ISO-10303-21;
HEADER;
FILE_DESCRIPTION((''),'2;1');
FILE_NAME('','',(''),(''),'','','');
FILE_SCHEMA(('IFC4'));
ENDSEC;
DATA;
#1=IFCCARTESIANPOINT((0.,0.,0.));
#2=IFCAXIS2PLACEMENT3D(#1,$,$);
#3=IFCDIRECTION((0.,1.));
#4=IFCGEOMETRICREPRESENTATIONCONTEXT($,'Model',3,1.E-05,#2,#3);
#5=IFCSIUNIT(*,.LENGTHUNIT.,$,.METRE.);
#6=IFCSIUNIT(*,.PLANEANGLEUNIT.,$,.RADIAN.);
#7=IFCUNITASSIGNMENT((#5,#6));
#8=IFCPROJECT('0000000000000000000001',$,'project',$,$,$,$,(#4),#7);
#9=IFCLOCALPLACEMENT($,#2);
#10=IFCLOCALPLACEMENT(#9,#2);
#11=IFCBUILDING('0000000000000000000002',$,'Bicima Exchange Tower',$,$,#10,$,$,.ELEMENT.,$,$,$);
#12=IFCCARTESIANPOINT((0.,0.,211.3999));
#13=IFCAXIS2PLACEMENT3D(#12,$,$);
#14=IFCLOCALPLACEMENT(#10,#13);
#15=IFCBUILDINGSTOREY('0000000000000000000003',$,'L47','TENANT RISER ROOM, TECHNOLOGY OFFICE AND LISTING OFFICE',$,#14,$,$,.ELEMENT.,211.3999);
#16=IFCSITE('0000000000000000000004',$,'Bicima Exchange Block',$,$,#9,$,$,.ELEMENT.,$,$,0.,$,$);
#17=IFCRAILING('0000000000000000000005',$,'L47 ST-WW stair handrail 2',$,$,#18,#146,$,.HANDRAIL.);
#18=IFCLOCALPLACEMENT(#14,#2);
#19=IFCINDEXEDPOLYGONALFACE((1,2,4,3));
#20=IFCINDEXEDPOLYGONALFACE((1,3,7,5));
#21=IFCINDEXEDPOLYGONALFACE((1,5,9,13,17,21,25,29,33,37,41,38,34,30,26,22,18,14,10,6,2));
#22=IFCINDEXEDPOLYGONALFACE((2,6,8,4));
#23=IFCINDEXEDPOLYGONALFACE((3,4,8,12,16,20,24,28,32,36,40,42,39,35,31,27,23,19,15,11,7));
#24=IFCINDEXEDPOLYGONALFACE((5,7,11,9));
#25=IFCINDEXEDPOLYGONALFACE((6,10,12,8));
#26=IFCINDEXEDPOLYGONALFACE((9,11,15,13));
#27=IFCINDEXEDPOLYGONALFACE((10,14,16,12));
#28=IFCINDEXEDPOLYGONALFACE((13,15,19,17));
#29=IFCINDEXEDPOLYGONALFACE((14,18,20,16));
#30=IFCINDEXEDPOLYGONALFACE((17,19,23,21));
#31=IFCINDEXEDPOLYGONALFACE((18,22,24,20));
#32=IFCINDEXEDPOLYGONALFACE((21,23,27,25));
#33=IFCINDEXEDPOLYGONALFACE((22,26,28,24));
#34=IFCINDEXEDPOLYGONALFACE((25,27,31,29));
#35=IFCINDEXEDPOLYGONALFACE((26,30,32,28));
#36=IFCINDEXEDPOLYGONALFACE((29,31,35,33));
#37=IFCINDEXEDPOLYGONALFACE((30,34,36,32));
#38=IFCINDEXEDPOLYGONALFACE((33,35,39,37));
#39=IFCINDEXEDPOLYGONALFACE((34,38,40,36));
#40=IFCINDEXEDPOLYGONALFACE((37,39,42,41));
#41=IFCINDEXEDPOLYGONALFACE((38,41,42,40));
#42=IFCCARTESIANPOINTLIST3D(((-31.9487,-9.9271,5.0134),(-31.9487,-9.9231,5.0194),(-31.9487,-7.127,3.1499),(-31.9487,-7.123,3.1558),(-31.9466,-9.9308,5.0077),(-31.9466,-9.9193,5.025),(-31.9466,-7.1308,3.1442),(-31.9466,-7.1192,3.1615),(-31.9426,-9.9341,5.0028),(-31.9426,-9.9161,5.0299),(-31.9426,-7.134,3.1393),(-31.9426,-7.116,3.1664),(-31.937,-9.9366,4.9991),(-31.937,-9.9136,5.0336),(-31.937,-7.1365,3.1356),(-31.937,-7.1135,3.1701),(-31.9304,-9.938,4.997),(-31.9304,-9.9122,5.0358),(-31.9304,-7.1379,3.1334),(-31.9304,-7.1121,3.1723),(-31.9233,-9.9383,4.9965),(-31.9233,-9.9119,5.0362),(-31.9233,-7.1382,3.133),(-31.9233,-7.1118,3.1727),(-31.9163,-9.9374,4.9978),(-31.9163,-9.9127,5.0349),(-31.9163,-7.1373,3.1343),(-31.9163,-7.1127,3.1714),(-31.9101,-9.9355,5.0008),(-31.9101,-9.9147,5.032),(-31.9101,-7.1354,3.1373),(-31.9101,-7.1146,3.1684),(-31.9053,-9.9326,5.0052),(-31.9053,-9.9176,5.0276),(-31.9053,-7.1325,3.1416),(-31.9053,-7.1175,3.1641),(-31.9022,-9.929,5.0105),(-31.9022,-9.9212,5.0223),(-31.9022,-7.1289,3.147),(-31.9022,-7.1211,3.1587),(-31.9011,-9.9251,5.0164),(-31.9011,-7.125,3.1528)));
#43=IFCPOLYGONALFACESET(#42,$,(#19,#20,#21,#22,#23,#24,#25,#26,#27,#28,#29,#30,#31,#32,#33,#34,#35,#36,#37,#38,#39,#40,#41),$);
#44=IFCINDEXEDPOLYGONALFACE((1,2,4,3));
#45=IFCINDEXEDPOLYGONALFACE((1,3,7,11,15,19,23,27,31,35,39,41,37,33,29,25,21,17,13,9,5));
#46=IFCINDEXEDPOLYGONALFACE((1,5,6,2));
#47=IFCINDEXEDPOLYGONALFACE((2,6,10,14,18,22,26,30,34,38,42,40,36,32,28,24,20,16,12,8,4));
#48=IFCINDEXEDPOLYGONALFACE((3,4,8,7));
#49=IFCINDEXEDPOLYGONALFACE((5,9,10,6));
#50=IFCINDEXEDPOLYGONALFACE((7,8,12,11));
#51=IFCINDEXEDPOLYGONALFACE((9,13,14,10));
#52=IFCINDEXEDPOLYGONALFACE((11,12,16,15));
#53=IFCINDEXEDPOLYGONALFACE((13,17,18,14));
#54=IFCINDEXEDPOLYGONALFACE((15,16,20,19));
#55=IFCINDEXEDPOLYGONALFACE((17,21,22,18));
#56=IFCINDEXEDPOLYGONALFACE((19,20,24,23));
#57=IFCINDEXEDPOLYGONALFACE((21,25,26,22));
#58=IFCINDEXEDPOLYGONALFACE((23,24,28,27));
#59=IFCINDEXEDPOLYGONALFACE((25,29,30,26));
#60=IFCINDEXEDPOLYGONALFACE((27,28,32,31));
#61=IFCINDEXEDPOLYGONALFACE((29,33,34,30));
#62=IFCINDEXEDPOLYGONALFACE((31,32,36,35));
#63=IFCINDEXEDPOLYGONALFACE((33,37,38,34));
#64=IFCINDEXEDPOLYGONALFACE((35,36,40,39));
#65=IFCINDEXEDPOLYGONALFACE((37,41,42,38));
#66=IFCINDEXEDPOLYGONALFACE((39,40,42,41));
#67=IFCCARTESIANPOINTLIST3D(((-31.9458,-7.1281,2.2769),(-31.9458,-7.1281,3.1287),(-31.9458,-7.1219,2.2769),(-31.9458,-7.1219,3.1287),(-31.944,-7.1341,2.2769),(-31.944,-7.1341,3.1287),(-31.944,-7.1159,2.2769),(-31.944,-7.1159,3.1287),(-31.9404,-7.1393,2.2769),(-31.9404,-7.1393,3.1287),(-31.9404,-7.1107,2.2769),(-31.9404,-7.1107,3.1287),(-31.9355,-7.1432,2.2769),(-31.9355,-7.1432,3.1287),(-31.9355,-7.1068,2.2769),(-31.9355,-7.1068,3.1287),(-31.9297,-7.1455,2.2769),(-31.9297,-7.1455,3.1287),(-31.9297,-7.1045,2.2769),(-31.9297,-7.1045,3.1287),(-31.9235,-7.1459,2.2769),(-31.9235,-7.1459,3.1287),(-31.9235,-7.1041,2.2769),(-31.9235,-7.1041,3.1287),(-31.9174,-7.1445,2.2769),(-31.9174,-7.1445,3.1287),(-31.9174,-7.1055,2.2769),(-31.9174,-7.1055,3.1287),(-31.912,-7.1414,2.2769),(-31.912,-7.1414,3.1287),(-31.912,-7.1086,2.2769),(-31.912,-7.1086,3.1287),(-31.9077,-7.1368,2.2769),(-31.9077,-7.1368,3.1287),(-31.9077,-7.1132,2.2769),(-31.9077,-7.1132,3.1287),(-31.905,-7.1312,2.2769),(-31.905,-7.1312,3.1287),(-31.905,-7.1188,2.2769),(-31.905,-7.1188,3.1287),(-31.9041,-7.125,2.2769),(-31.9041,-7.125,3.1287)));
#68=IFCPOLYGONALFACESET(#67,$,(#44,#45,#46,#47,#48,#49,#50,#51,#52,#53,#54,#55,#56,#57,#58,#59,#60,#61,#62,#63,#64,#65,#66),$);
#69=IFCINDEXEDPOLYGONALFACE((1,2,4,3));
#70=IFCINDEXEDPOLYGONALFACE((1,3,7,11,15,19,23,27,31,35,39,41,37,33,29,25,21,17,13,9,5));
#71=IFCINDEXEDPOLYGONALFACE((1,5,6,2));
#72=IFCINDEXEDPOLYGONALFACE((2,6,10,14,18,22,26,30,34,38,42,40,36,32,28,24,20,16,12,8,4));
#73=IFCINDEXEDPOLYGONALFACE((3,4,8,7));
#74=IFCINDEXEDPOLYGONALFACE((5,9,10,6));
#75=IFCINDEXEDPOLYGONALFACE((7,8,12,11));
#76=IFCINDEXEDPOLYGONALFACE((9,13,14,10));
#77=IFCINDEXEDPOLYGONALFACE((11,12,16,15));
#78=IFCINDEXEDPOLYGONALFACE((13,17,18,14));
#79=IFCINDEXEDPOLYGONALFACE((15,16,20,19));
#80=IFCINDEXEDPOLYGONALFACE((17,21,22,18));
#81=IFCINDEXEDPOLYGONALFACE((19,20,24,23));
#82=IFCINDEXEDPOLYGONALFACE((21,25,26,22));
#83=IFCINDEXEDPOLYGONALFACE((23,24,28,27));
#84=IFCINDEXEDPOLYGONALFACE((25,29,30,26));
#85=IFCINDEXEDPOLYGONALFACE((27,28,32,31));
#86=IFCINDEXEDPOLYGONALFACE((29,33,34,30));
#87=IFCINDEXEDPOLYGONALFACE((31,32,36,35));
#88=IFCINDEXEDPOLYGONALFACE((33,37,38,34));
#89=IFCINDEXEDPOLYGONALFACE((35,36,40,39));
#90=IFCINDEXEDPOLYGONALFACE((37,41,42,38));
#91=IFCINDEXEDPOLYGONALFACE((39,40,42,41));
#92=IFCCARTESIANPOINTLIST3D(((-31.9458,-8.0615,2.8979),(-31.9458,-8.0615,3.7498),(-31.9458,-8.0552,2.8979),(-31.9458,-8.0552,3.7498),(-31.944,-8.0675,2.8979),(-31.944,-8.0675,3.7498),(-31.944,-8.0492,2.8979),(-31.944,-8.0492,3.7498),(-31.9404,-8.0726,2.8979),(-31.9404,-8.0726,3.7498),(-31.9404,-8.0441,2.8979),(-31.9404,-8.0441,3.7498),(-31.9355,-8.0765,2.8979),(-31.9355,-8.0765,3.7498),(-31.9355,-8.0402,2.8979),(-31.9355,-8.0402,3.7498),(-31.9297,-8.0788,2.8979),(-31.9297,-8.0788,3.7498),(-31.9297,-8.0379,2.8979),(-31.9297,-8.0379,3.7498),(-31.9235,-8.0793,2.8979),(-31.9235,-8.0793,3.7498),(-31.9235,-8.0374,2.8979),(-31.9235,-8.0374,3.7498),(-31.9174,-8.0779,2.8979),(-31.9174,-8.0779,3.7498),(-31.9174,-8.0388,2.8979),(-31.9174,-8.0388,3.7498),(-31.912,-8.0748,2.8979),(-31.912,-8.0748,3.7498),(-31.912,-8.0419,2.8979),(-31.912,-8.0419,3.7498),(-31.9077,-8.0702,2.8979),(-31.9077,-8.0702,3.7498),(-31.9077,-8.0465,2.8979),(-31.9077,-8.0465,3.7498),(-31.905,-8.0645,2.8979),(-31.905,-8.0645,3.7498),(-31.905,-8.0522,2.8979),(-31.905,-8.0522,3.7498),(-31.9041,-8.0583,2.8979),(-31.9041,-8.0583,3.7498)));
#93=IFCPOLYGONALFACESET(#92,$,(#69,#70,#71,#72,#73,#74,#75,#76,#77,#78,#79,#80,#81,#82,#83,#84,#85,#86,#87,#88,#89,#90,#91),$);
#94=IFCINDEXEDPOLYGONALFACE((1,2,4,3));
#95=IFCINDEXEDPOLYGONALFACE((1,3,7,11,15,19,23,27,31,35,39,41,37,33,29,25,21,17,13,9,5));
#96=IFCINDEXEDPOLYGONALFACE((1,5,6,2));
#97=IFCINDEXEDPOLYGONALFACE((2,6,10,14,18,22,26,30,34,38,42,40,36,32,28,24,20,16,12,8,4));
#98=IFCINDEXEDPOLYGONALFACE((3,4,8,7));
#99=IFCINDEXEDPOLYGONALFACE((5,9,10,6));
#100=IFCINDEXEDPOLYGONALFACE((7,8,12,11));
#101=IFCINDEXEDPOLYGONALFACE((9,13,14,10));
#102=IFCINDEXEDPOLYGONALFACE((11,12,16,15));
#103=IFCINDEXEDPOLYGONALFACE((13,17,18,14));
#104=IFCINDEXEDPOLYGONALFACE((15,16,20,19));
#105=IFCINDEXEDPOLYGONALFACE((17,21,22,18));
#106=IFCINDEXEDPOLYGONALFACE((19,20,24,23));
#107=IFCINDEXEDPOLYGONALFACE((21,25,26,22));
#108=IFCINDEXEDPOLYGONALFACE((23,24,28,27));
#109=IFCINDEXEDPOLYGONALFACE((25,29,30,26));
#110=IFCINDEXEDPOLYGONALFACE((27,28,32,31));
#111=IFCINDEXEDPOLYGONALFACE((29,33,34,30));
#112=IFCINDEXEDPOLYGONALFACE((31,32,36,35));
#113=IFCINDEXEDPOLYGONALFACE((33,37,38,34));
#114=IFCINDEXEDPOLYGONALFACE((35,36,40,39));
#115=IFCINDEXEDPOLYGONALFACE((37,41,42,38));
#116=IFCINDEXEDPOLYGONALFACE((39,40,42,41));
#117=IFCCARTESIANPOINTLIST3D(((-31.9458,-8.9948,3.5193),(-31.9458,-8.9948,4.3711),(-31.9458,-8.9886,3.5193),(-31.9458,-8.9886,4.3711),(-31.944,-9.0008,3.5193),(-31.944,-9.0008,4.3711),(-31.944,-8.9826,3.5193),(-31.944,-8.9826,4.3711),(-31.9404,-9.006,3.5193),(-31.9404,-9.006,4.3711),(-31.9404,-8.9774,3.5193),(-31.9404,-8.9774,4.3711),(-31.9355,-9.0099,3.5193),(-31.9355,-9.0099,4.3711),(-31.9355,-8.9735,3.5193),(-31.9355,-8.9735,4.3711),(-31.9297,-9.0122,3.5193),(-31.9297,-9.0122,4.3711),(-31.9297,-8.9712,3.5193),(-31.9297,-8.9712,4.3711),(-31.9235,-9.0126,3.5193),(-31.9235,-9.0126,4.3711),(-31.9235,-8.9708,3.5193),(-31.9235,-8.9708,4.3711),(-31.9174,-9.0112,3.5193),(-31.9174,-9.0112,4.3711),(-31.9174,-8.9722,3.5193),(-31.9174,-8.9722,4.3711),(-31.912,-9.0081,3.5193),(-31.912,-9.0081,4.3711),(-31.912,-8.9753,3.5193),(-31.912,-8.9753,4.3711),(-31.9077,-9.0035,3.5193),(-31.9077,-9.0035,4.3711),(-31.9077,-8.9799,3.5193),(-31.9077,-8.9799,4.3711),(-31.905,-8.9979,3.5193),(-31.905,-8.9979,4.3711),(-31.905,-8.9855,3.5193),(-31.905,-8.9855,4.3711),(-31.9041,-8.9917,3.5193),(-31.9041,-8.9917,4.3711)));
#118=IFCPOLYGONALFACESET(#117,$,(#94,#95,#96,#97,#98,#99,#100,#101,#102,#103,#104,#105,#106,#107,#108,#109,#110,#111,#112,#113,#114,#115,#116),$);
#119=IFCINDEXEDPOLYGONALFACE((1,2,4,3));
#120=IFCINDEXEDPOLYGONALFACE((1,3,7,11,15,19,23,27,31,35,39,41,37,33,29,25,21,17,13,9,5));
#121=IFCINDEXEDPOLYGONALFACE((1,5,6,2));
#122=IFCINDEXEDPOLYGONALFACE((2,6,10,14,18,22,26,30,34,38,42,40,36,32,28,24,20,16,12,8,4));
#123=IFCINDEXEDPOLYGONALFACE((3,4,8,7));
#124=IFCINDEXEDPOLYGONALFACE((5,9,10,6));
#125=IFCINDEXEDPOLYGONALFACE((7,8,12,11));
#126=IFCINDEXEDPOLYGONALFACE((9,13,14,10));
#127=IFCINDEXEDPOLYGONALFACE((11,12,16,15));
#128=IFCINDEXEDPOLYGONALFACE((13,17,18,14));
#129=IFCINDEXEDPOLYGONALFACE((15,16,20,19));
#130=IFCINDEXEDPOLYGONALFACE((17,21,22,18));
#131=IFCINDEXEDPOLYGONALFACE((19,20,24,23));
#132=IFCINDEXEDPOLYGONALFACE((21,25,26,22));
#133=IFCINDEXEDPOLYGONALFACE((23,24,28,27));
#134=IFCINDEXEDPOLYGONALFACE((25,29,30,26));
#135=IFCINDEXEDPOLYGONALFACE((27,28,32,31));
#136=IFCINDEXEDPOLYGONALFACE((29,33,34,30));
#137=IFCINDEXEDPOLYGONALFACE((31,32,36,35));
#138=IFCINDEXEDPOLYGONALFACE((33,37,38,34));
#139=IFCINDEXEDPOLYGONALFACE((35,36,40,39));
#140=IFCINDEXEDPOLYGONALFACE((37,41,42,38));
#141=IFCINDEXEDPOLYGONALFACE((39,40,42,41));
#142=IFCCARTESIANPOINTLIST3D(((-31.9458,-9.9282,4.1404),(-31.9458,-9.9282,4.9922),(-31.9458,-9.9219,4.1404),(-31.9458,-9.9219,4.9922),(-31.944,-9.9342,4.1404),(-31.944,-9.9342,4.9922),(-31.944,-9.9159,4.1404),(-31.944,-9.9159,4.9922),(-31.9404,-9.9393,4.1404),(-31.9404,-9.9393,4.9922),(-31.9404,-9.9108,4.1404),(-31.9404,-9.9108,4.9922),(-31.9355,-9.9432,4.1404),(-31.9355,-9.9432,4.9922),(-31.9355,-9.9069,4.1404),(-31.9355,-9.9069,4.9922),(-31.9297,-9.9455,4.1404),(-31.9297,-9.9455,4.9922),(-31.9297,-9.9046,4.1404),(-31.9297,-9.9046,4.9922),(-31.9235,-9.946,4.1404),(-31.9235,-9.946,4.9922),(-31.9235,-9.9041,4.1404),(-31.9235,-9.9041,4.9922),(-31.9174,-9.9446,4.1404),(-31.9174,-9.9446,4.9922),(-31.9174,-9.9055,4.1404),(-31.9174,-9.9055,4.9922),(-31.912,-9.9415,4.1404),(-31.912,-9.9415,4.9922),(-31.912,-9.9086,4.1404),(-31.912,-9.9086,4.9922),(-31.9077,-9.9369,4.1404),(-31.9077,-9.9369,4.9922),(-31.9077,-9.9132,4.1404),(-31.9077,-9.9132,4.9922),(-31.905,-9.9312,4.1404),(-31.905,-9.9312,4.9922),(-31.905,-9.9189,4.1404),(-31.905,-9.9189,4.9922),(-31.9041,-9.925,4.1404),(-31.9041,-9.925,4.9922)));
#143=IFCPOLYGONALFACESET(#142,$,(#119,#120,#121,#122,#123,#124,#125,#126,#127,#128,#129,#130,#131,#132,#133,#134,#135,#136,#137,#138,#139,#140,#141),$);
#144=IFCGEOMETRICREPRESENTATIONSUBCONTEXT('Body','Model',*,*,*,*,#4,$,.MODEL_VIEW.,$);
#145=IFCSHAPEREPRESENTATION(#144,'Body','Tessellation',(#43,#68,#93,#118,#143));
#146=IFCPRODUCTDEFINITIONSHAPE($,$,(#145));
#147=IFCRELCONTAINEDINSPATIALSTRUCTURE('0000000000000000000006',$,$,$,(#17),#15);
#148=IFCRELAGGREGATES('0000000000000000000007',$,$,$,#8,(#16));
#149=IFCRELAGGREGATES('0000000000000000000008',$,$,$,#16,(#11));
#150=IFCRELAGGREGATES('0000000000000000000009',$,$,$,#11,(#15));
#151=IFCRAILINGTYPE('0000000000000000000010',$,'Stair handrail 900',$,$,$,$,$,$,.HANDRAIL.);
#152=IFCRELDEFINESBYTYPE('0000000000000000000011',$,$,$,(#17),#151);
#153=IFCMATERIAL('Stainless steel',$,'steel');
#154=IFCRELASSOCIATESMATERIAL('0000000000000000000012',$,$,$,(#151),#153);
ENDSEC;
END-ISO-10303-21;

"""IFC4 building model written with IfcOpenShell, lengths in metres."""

from ifc_helpers import new_model, si_unit, direction, frame, origin, origin_2d, place, context, subcontext, project, spatial, circle, extrude, material, type_object, element, save


model = new_model("IFC4")

# Units and contexts
model_context = context("Model", 3, precision=1e-05, world=origin(), true_north=direction((0.0, 1.0)))
body_context = subcontext(model_context, "Body", "Model", "MODEL_VIEW")
ifc_project = project(units=[si_unit("LENGTHUNIT", "METRE"), si_unit("PLANEANGLEUNIT", "RADIAN")], contexts=[model_context])

# Site, building, storey
site_placement = place(None, origin())
site = spatial("IfcSite", under=ifc_project, at=site_placement, Name="Bicima Exchange Block", CompositionType="ELEMENT", RefElevation=0.0)
building_placement = place(site_placement, origin())
building = spatial("IfcBuilding", under=site, at=building_placement, Name="Bicima Exchange Tower", CompositionType="ELEMENT")
storey_placement = place(building_placement, frame((0.0, 0.0, 211.3999)))
storey = spatial("IfcBuildingStorey", under=building, at=storey_placement, Name="L47", Description="TENANT RISER ROOM, TECHNOLOGY OFFICE AND LISTING OFFICE", CompositionType="ELEMENT", Elevation=211.3999)

# Railing
ifc_material_1 = material(Name="Stainless steel", Category="steel")
railing_type_1 = type_object("IfcRailingType", Name="Stair handrail 900", PredefinedType="HANDRAIL", material=ifc_material_1)
railing_1_placement = place(storey_placement, frame((-31.925, -7.125, 2.2769)))
element("IfcRailing", 1, at=railing_1_placement, inside=storey, type_object=railing_type_1, Name="L47 ST-WW stair handrail 2", PredefinedType="HANDRAIL", context=body_context, shape_type="SweptSolid", body=[
    extrude(circle(Radius=0.0239, at=origin_2d()), frame((0.0, 0.0, 0.876), z_axis=(0.0, -0.832486, 0.554047), x_axis=(1.0, 0.0, 0.0)), (0.0, 0.0, 1.0), 3.3635),
    extrude(circle(Radius=0.021, at=origin_2d()), origin(), (0.0, 0.0, 1.0), 0.8518),
    extrude(circle(Radius=0.021, at=origin_2d()), frame((0.0, -0.9333, 0.6211)), (0.0, 0.0, 1.0), 0.8518),
    extrude(circle(Radius=0.021, at=origin_2d()), frame((0.0, -1.8667, 1.2424)), (0.0, 0.0, 1.0), 0.8518),
    extrude(circle(Radius=0.021, at=origin_2d()), frame((0.0, -2.8, 1.8635)), (0.0, 0.0, 1.0), 0.8518),
])

save(model, "model.ifc")
